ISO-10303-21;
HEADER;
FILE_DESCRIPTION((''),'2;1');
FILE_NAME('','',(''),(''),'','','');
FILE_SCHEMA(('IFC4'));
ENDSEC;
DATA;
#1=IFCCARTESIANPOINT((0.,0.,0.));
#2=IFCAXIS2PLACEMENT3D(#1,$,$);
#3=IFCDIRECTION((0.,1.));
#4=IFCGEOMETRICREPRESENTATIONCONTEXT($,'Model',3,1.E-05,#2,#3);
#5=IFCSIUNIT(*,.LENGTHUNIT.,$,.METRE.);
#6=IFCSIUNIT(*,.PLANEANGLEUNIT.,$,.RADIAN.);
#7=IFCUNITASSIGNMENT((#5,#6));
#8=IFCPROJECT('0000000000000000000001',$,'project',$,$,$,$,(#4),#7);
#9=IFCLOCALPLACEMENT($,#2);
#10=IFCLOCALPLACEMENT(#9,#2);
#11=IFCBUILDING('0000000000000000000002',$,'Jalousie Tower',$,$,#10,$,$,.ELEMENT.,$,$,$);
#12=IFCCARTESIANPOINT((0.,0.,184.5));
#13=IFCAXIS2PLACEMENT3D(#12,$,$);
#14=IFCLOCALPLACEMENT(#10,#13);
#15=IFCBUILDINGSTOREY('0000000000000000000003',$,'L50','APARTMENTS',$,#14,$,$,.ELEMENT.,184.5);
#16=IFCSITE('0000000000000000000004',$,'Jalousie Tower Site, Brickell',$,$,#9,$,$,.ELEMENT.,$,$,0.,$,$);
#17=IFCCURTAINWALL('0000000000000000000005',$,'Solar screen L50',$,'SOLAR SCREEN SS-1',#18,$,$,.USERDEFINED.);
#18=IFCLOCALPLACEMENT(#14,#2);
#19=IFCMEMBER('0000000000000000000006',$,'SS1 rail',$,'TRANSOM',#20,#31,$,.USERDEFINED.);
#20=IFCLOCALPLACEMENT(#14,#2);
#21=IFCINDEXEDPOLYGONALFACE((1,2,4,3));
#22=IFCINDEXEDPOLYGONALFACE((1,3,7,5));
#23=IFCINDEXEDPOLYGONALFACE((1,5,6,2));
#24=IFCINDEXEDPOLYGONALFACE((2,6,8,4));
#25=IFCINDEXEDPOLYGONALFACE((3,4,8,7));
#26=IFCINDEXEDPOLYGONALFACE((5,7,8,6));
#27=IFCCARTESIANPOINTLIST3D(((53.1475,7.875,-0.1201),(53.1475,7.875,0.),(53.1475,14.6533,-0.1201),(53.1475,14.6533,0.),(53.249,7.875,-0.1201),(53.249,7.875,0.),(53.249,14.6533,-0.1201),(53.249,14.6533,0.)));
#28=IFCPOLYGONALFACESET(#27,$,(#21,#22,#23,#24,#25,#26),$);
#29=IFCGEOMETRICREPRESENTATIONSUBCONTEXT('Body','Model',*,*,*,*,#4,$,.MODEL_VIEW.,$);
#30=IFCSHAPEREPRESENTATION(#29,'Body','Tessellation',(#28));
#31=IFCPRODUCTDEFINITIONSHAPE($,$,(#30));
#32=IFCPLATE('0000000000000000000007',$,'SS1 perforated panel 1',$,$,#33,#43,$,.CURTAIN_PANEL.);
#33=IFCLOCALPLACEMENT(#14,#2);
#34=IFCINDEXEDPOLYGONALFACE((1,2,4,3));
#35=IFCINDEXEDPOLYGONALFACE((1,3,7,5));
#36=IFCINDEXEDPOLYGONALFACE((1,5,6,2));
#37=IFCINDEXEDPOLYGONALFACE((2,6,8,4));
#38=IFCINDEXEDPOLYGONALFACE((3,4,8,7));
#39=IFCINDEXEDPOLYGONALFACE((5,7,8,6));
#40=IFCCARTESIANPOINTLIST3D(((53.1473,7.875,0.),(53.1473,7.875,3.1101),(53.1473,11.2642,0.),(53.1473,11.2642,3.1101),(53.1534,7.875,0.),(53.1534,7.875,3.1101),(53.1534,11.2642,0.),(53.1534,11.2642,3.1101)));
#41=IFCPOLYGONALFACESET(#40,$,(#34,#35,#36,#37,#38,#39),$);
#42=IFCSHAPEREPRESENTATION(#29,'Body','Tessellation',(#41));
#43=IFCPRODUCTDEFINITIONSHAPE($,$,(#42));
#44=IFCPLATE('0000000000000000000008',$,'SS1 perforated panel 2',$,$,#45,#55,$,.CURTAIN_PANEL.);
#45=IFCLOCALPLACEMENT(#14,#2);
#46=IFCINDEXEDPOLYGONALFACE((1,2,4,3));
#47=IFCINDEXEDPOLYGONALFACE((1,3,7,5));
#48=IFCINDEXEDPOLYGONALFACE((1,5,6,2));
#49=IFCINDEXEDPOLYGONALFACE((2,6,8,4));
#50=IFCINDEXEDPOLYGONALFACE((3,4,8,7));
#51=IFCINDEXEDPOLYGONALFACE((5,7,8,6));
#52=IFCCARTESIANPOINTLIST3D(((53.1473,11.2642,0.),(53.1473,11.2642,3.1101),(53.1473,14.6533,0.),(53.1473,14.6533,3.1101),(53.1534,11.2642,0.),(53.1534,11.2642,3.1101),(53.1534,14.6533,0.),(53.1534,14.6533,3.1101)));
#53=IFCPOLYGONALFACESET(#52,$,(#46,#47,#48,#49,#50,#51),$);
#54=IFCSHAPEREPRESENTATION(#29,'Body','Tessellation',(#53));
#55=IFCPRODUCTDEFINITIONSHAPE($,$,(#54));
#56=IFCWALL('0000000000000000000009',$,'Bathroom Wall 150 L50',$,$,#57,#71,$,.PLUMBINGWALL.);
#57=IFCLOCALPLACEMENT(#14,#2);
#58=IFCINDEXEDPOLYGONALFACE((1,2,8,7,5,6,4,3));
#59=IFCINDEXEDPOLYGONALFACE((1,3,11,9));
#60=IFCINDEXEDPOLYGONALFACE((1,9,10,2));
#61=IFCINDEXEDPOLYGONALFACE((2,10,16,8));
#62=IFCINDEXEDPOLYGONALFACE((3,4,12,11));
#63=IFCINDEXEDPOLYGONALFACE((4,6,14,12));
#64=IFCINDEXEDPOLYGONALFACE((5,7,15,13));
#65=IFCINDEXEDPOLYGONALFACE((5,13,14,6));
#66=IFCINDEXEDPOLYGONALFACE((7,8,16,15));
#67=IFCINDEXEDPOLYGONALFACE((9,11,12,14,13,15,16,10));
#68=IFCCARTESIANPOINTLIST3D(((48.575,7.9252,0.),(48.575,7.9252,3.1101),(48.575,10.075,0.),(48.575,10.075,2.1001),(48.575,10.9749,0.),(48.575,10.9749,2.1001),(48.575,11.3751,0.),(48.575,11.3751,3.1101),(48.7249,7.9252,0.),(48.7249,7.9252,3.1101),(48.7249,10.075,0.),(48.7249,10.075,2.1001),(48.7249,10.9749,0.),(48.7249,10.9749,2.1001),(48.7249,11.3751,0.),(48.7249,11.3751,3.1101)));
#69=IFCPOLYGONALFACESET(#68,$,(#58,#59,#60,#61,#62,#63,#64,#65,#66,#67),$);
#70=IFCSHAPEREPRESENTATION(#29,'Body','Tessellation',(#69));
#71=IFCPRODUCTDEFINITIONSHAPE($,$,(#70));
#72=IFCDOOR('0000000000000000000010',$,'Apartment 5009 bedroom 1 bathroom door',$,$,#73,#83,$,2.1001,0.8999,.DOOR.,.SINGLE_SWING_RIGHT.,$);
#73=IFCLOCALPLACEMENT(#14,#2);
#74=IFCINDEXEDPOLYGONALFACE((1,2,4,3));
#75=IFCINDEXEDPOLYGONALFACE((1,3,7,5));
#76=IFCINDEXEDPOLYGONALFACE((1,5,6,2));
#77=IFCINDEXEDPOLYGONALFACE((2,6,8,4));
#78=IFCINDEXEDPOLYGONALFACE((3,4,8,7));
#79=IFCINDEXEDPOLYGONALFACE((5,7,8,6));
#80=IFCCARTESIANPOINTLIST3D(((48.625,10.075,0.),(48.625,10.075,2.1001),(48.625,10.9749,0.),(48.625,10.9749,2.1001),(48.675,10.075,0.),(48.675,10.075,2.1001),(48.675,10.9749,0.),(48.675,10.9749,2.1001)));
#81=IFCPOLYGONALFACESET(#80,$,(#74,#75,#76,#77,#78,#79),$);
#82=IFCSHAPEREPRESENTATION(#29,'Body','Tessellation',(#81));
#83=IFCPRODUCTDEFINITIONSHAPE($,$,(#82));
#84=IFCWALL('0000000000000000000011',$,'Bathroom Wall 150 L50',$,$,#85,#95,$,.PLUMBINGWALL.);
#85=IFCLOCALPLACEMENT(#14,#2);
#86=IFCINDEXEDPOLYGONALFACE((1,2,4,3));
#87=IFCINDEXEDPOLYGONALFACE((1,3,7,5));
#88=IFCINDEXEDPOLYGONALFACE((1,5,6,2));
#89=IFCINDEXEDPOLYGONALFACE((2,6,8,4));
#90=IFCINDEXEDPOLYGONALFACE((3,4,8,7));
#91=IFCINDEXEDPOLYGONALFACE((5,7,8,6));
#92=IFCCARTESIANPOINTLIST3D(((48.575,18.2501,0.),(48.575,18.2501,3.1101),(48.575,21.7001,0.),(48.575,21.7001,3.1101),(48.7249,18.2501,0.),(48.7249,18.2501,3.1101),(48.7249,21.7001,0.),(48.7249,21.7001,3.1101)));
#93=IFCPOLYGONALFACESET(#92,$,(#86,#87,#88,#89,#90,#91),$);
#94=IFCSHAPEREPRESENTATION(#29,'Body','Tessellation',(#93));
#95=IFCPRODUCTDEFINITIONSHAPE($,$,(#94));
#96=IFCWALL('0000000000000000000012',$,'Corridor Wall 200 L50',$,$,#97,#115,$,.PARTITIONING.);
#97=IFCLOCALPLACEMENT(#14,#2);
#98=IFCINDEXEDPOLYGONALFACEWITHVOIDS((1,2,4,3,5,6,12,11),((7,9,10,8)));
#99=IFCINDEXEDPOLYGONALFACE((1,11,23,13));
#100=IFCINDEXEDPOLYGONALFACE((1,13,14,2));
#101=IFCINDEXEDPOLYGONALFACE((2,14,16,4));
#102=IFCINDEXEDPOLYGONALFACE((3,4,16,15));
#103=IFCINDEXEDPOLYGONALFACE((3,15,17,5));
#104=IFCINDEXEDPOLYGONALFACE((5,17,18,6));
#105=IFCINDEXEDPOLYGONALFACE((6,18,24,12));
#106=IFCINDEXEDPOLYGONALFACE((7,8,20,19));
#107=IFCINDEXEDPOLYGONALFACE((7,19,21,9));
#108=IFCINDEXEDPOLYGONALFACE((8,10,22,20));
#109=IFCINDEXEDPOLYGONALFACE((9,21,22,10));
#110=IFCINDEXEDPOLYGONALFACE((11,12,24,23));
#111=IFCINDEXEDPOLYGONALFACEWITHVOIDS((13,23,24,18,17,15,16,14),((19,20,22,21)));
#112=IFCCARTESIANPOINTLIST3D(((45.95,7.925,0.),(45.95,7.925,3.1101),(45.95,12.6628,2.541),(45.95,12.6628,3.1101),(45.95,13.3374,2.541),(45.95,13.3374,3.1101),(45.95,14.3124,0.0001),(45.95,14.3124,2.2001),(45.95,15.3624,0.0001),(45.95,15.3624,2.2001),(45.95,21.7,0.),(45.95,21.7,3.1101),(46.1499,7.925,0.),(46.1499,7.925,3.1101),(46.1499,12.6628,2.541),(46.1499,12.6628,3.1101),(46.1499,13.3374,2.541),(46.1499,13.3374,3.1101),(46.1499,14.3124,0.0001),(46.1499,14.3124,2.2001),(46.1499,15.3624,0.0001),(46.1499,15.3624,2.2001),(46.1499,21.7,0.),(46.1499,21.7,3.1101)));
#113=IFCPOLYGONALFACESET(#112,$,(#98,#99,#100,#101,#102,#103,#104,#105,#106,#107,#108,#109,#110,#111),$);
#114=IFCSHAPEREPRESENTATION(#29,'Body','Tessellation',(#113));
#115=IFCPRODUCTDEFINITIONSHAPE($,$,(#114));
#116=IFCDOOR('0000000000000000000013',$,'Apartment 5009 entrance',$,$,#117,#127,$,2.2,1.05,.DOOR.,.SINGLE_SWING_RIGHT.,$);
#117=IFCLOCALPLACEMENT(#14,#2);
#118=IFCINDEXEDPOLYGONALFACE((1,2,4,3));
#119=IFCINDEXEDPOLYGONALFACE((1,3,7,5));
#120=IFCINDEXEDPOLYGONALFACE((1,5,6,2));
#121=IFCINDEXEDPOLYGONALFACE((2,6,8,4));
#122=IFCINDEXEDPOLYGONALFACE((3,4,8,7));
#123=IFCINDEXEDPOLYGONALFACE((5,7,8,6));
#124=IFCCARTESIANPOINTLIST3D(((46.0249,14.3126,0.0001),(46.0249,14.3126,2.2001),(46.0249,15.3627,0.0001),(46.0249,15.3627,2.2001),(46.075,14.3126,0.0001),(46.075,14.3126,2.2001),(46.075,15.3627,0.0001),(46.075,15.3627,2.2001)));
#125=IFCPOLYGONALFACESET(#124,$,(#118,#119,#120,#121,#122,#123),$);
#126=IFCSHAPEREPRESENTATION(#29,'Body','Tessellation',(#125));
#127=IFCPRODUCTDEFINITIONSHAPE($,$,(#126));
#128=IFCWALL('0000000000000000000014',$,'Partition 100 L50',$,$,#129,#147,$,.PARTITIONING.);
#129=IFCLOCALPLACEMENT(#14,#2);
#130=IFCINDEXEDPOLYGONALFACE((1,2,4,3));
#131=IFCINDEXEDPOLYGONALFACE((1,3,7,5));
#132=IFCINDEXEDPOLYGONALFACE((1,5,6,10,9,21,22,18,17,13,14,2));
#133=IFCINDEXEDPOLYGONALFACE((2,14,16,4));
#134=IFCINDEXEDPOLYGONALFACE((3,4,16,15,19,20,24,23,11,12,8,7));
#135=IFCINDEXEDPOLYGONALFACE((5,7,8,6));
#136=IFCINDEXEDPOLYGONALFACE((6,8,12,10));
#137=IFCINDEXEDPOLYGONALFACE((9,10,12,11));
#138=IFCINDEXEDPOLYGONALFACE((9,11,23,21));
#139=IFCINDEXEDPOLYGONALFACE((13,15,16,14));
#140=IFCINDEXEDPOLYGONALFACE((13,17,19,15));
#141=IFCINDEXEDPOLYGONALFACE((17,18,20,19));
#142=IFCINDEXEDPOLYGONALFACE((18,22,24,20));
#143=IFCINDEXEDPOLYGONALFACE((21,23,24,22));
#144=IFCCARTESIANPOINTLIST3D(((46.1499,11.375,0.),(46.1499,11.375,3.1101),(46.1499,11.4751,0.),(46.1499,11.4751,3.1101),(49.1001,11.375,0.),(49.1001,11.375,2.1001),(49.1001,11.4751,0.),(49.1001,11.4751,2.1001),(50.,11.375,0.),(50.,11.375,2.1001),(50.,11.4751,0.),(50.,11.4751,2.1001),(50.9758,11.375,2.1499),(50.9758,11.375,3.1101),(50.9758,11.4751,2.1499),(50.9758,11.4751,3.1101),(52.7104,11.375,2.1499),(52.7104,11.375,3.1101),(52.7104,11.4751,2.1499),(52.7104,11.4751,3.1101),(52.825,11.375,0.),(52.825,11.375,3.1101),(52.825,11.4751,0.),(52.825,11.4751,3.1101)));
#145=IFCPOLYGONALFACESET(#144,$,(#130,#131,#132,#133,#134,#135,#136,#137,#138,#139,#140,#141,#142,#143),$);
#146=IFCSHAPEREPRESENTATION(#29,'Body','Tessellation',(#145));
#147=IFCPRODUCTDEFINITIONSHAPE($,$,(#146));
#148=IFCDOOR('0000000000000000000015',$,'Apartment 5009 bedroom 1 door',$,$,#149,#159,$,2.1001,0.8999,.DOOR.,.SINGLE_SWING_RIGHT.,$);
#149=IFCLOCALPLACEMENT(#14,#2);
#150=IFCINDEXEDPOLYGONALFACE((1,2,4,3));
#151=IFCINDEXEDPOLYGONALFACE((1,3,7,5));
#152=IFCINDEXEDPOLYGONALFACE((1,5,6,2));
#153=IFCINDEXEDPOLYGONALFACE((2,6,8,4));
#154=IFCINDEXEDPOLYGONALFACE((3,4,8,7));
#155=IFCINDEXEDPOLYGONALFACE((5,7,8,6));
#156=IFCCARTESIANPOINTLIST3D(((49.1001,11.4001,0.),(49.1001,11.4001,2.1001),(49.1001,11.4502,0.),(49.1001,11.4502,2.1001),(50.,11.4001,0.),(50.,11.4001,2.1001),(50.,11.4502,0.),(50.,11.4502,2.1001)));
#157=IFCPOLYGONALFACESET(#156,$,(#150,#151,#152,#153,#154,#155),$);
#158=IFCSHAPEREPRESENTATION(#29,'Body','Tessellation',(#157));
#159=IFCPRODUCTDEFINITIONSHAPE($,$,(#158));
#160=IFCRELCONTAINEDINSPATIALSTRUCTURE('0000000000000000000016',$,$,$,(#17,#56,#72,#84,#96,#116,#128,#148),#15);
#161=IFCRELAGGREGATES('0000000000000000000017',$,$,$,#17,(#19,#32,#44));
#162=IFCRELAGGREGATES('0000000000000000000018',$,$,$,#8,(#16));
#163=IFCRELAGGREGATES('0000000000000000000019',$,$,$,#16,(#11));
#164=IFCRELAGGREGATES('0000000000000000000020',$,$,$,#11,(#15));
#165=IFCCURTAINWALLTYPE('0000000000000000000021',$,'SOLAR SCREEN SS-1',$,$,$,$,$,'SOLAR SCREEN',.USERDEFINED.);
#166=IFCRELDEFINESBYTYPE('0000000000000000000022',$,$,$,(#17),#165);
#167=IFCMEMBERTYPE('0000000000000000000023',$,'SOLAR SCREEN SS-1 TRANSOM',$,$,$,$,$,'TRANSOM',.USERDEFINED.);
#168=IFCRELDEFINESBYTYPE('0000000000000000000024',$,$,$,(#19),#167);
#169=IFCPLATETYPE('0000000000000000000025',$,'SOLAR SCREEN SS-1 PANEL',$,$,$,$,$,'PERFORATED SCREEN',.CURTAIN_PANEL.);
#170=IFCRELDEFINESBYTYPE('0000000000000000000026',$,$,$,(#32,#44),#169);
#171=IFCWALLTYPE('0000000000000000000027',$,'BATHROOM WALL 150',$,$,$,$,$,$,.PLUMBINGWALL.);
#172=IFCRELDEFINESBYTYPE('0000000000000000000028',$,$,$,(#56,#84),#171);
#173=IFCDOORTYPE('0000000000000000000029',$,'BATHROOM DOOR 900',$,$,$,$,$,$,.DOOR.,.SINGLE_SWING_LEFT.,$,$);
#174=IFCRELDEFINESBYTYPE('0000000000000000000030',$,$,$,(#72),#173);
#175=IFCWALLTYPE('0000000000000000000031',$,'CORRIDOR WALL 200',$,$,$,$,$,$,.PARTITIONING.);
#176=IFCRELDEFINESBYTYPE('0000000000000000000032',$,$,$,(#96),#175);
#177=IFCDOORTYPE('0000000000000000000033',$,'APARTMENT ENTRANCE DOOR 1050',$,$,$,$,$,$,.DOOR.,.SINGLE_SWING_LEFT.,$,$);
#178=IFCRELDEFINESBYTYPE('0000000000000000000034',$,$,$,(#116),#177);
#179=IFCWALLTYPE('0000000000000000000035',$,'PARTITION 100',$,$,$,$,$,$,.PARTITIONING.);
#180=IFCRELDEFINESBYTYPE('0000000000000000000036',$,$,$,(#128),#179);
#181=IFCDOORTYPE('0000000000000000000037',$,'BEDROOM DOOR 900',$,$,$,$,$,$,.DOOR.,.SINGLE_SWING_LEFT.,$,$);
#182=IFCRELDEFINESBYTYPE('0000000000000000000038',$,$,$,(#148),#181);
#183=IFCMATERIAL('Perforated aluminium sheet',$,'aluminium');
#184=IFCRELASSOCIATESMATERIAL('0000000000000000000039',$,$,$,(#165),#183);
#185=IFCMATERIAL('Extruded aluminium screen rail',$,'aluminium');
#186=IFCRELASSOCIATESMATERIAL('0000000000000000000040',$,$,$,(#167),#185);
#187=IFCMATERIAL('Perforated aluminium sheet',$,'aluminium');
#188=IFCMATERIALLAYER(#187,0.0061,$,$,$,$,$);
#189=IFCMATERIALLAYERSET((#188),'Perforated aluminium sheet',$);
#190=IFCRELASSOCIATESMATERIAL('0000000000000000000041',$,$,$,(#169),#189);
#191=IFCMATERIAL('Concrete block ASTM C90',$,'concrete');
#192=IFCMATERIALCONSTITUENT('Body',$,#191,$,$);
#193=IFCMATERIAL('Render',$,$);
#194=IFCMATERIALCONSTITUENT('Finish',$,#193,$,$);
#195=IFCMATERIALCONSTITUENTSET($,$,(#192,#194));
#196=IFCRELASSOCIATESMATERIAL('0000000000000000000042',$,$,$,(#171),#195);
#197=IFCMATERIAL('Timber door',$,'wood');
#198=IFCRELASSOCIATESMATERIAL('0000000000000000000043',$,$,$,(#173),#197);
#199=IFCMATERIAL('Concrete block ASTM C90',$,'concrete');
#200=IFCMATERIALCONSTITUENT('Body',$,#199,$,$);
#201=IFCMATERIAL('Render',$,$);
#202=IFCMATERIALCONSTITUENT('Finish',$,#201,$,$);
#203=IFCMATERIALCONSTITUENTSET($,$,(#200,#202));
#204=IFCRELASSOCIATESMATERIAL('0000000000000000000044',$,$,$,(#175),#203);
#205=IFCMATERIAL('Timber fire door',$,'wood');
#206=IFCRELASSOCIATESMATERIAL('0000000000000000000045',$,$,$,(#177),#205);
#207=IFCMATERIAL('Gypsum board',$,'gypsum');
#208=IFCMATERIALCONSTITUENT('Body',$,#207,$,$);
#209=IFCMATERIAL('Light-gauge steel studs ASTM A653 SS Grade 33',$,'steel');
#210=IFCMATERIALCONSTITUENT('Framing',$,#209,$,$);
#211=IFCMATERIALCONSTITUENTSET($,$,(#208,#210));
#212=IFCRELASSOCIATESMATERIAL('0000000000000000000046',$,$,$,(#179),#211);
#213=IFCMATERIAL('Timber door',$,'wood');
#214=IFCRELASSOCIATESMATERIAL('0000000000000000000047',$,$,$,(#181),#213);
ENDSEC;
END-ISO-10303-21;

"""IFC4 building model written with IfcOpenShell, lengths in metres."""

from ifc_helpers import new_model, si_unit, direction, frame, frame_2d, origin, origin_2d, place, context, subcontext, project, spatial, polyline, rectangle, outline, extrude, material, layer, layer_set, constituent, constituent_set, material_profile, profile_set, type_object, element, fill, aggregate, save


model = new_model("IFC4")

# Units and contexts
model_context = context("Model", 3, precision=1e-05, world=origin(), true_north=direction((0.0, 1.0)))
body_context = subcontext(model_context, "Body", "Model", "MODEL_VIEW")
ifc_project = project(units=[si_unit("LENGTHUNIT", "METRE"), si_unit("PLANEANGLEUNIT", "RADIAN")], contexts=[model_context])

# Site, building, storey
site_placement = place(None, origin())
site = spatial("IfcSite", under=ifc_project, at=site_placement, Name="Jalousie Tower Site, Brickell", CompositionType="ELEMENT", RefElevation=0.0)
building_placement = place(site_placement, origin())
building = spatial("IfcBuilding", under=site, at=building_placement, Name="Jalousie Tower", CompositionType="ELEMENT")
storey_placement = place(building_placement, frame((0.0, 0.0, 184.5)))
storey = spatial("IfcBuildingStorey", under=building, at=storey_placement, Name="L50", Description="APARTMENTS", CompositionType="ELEMENT", Elevation=184.5)

# Curtain wall, member, plates
ifc_material_1 = material(Name="Perforated aluminium sheet", Category="aluminium")
curtain_wall_type = type_object("IfcCurtainWallType", Name="SOLAR SCREEN SS-1", ElementType="SOLAR SCREEN", PredefinedType="USERDEFINED", material=ifc_material_1)
curtain_wall_placement = place(storey_placement, origin())
curtain_wall = element("IfcCurtainWall", 1, at=curtain_wall_placement, inside=storey, type_object=curtain_wall_type, Name="Solar screen L50", ObjectType="SOLAR SCREEN SS-1", PredefinedType="USERDEFINED")
ifc_material_2 = material(Name="Extruded aluminium screen rail", Category="aluminium")
ifc_material_profile_1 = material_profile(ifc_material_2, rectangle(XDim=0.1016, YDim=0.1201, at=origin_2d()), Name="RAIL 102x120")
ifc_profile_set_1 = profile_set([ifc_material_profile_1], Name="Extruded aluminium screen rail")
member_type_1 = type_object("IfcMemberType", Name="SOLAR SCREEN SS-1 TRANSOM", ElementType="TRANSOM", PredefinedType="USERDEFINED", material=ifc_profile_set_1)
member_1_placement = place(storey_placement, frame((53.1982, 7.875, -0.0601), z_axis=(0.0, 1.0, 0.0), x_axis=(-1.0, 0.0, 0.0)))
member_1 = element("IfcMember", 2, at=member_1_placement, type_object=member_type_1, Name="SS1 rail", ObjectType="TRANSOM", PredefinedType="USERDEFINED", context=body_context, shape_type="SweptSolid", body=[
    extrude(rectangle(XDim=0.1016, YDim=0.1201, at=origin_2d()), origin(), (0.0, 0.0, 1.0), 6.7783),
])
ifc_material_3 = material(Name="Perforated aluminium sheet", Category="aluminium")
ifc_layer_1 = layer(ifc_material_3, 0.0061)
ifc_layer_set_1 = layer_set([ifc_layer_1], Name="Perforated aluminium sheet")
plate_type = type_object("IfcPlateType", Name="SOLAR SCREEN SS-1 PANEL", ElementType="PERFORATED SCREEN", PredefinedType="CURTAIN_PANEL", material=ifc_layer_set_1)
plate_1_placement = place(storey_placement, frame((53.1504, 9.5696, 0.0), z_axis=(0.0, 0.0, 1.0), x_axis=(0.0, 1.0, 0.0)))
plate_1 = element("IfcPlate", 3, at=plate_1_placement, type_object=plate_type, Name="SS1 perforated panel 1", PredefinedType="CURTAIN_PANEL", context=body_context, shape_type="SweptSolid", body=[
    extrude(rectangle(XDim=3.3892, YDim=0.0061, at=origin_2d()), origin(), (0.0, 0.0, 1.0), 3.1101),
])
plate_2_placement = place(storey_placement, frame((53.1504, 12.9587, 0.0), z_axis=(0.0, 0.0, 1.0), x_axis=(0.0, 1.0, 0.0)))
plate_2 = element("IfcPlate", 4, at=plate_2_placement, type_object=plate_type, Name="SS1 perforated panel 2", PredefinedType="CURTAIN_PANEL", context=body_context, shape_type="SweptSolid", body=[
    extrude(rectangle(XDim=3.3892, YDim=0.0061, at=origin_2d()), origin(), (0.0, 0.0, 1.0), 3.1101),
])
aggregate(curtain_wall, [member_1, plate_1, plate_2])

# Wall, opening, door
ifc_material_4 = material(Name="Concrete block ASTM C90", Category="concrete")
ifc_constituent_1 = constituent(ifc_material_4, Name="Body")
ifc_material_5 = material(Name="Render")
ifc_constituent_2 = constituent(ifc_material_5, Name="Finish")
ifc_constituent_set_1 = constituent_set(constituents=[ifc_constituent_1, ifc_constituent_2])
wall_type_1 = type_object("IfcWallType", Name="BATHROOM WALL 150", PredefinedType="PLUMBINGWALL", material=ifc_constituent_set_1)
wall_1_placement = place(storey_placement, frame((48.6499, 7.925, 0.0), z_axis=(0.0, 0.0, 1.0), x_axis=(0.0, 1.0, 0.0)))
wall_1 = element("IfcWall", 5, at=wall_1_placement, inside=storey, type_object=wall_type_1, Name="Bathroom Wall 150 L50", PredefinedType="PLUMBINGWALL", context=body_context, shape_type="SweptSolid", body=[
    extrude(rectangle(XDim=3.45, YDim=0.1499, at=frame_2d((1.7251, 0.0))), origin(), (0.0, 0.0, 1.0), 3.1101),
])
opening_1_placement = place(wall_1_placement, frame((2.1499, 0.0, 0.0)))
opening_1 = element("IfcOpeningElement", 6, at=opening_1_placement, cuts=wall_1, PredefinedType="OPENING", context=body_context, shape_type="SweptSolid", body=[
    extrude(rectangle(XDim=0.8999, YDim=2.1001, at=frame_2d((0.45, 1.05))), frame((0.0, 0.085, 0.0), z_axis=(0.0, -1.0, 0.0), x_axis=(1.0, 0.0, 0.0)), (0.0, 0.0, 1.0), 0.1699),
])
ifc_material_6 = material(Name="Timber door", Category="wood")
door_type_1 = type_object("IfcDoorType", Name="BATHROOM DOOR 900", OperationType="SINGLE_SWING_LEFT", PredefinedType="DOOR", material=ifc_material_6)
door_1_placement = place(opening_1_placement, origin())
door_1 = element("IfcDoor", 7, at=door_1_placement, inside=storey, type_object=door_type_1, Name="Apartment 5009 bedroom 1 bathroom door", OperationType="SINGLE_SWING_RIGHT", OverallHeight=2.1001, OverallWidth=0.8999, PredefinedType="DOOR", context=body_context, shape_type="SweptSolid", body=[
    extrude(rectangle(XDim=0.8999, YDim=2.1001, at=frame_2d((0.45, 1.05))), frame((0.0, 0.0249, 0.0), z_axis=(0.0, -1.0, 0.0), x_axis=(1.0, 0.0, 0.0)), (0.0, 0.0, 1.0), 0.05),
])
fill(opening_1, door_1)

# Wall
wall_2_placement = place(storey_placement, frame((48.6499, 18.25, 0.0), z_axis=(0.0, 0.0, 1.0), x_axis=(0.0, 1.0, 0.0)))
element("IfcWall", 8, at=wall_2_placement, inside=storey, type_object=wall_type_1, Name="Bathroom Wall 150 L50", PredefinedType="PLUMBINGWALL", context=body_context, shape_type="SweptSolid", body=[
    extrude(rectangle(XDim=3.45, YDim=0.1499, at=frame_2d((1.7251, 0.0))), origin(), (0.0, 0.0, 1.0), 3.1101),
])

# Walls, openings, doors
ifc_material_7 = material(Name="Concrete block ASTM C90", Category="concrete")
ifc_constituent_3 = constituent(ifc_material_7, Name="Body")
ifc_material_8 = material(Name="Render")
ifc_constituent_4 = constituent(ifc_material_8, Name="Finish")
ifc_constituent_set_2 = constituent_set(constituents=[ifc_constituent_3, ifc_constituent_4])
wall_type_2 = type_object("IfcWallType", Name="CORRIDOR WALL 200", PredefinedType="PARTITIONING", material=ifc_constituent_set_2)
wall_3_placement = place(storey_placement, frame((46.05, 7.925, 0.0), z_axis=(0.0, 0.0, 1.0), x_axis=(0.0, 1.0, 0.0)))
wall_3 = element("IfcWall", 9, at=wall_3_placement, inside=storey, type_object=wall_type_2, Name="Corridor Wall 200 L50", PredefinedType="PARTITIONING", context=body_context, shape_type="SweptSolid", body=[
    extrude(outline(polyline([(0.0, 0.0), (13.7749, 0.0), (13.7749, 3.1101), (5.4124, 3.1101), (5.4124, 2.541), (4.7378, 2.541), (4.7378, 3.1101), (0.0, 3.1101), (0.0, 0.0)])), frame((0.0, 0.1001, 0.0), z_axis=(0.0, -1.0, 0.0), x_axis=(1.0, 0.0, 0.0)), (0.0, 0.0, 1.0), 0.2),
])
opening_2_placement = place(wall_3_placement, frame((6.3875, 0.0, 0.0)))
opening_2 = element("IfcOpeningElement", 10, at=opening_2_placement, cuts=wall_3, PredefinedType="OPENING", context=body_context, shape_type="SweptSolid", body=[
    extrude(rectangle(XDim=1.05, YDim=2.2, at=frame_2d((0.5249, 1.1001))), frame((0.0, 0.1099, 0.0), z_axis=(0.0, -1.0, 0.0), x_axis=(1.0, 0.0, 0.0)), (0.0, 0.0, 1.0), 0.22),
])
ifc_material_9 = material(Name="Timber fire door", Category="wood")
door_type_2 = type_object("IfcDoorType", Name="APARTMENT ENTRANCE DOOR 1050", OperationType="SINGLE_SWING_LEFT", PredefinedType="DOOR", material=ifc_material_9)
door_2_placement = place(opening_2_placement, frame((1.05, 0.0, 0.0), z_axis=(0.0, 0.0, 1.0), x_axis=(-1.0, 0.0, 0.0)))
door_2 = element("IfcDoor", 11, at=door_2_placement, inside=storey, type_object=door_type_2, Name="Apartment 5009 entrance", OperationType="SINGLE_SWING_RIGHT", OverallHeight=2.2, OverallWidth=1.05, PredefinedType="DOOR", context=body_context, shape_type="SweptSolid", body=[
    extrude(rectangle(XDim=1.05, YDim=2.2, at=frame_2d((0.5249, 1.1001))), frame((0.0, 0.0249, 0.0), z_axis=(0.0, -1.0, 0.0), x_axis=(1.0, 0.0, 0.0)), (0.0, 0.0, 1.0), 0.05),
])
fill(opening_2, door_2)
ifc_material_10 = material(Name="Gypsum board", Category="gypsum")
ifc_constituent_5 = constituent(ifc_material_10, Name="Body")
ifc_material_11 = material(Name="Light-gauge steel studs ASTM A653 SS Grade 33", Category="steel")
ifc_constituent_6 = constituent(ifc_material_11, Name="Framing")
ifc_constituent_set_3 = constituent_set(constituents=[ifc_constituent_5, ifc_constituent_6])
wall_type_3 = type_object("IfcWallType", Name="PARTITION 100", PredefinedType="PARTITIONING", material=ifc_constituent_set_3)
wall_4_placement = place(storey_placement, frame((52.825, 11.425, 0.0), z_axis=(0.0, 0.0, 1.0), x_axis=(-1.0, 0.0, 0.0)))
wall_4 = element("IfcWall", 12, at=wall_4_placement, inside=storey, type_object=wall_type_3, Name="Partition 100 L50", PredefinedType="PARTITIONING", context=body_context, shape_type="SweptSolid", body=[
    extrude(outline(polyline([(0.0, 0.0), (6.675, 0.0), (6.675, 3.1101), (1.8491, 3.1101), (1.8491, 2.1499), (0.1145, 2.1499), (0.1145, 3.1101), (0.0, 3.1101), (0.0, 0.0)])), frame((0.0, 0.05, 0.0), z_axis=(0.0, -1.0, 0.0), x_axis=(1.0, 0.0, 0.0)), (0.0, 0.0, 1.0), 0.1001),
])
opening_3_placement = place(wall_4_placement, frame((2.825, 0.0, 0.0)))
opening_3 = element("IfcOpeningElement", 13, at=opening_3_placement, cuts=wall_4, PredefinedType="OPENING", context=body_context, shape_type="SweptSolid", body=[
    extrude(rectangle(XDim=0.8999, YDim=2.1001, at=frame_2d((0.45, 1.05))), frame((0.0, 0.0601, 0.0), z_axis=(0.0, -1.0, 0.0), x_axis=(1.0, 0.0, 0.0)), (0.0, 0.0, 1.0), 0.1201),
])
ifc_material_12 = material(Name="Timber door", Category="wood")
door_type_3 = type_object("IfcDoorType", Name="BEDROOM DOOR 900", OperationType="SINGLE_SWING_LEFT", PredefinedType="DOOR", material=ifc_material_12)
door_3_placement = place(opening_3_placement, origin())
door_3 = element("IfcDoor", 14, at=door_3_placement, inside=storey, type_object=door_type_3, Name="Apartment 5009 bedroom 1 door", OperationType="SINGLE_SWING_RIGHT", OverallHeight=2.1001, OverallWidth=0.8999, PredefinedType="DOOR", context=body_context, shape_type="SweptSolid", body=[
    extrude(rectangle(XDim=0.8999, YDim=2.1001, at=frame_2d((0.45, 1.05))), frame((0.0, 0.0249, 0.0), z_axis=(0.0, -1.0, 0.0), x_axis=(1.0, 0.0, 0.0)), (0.0, 0.0, 1.0), 0.05),
])
fill(opening_3, door_3)

save(model, "model.ifc")
